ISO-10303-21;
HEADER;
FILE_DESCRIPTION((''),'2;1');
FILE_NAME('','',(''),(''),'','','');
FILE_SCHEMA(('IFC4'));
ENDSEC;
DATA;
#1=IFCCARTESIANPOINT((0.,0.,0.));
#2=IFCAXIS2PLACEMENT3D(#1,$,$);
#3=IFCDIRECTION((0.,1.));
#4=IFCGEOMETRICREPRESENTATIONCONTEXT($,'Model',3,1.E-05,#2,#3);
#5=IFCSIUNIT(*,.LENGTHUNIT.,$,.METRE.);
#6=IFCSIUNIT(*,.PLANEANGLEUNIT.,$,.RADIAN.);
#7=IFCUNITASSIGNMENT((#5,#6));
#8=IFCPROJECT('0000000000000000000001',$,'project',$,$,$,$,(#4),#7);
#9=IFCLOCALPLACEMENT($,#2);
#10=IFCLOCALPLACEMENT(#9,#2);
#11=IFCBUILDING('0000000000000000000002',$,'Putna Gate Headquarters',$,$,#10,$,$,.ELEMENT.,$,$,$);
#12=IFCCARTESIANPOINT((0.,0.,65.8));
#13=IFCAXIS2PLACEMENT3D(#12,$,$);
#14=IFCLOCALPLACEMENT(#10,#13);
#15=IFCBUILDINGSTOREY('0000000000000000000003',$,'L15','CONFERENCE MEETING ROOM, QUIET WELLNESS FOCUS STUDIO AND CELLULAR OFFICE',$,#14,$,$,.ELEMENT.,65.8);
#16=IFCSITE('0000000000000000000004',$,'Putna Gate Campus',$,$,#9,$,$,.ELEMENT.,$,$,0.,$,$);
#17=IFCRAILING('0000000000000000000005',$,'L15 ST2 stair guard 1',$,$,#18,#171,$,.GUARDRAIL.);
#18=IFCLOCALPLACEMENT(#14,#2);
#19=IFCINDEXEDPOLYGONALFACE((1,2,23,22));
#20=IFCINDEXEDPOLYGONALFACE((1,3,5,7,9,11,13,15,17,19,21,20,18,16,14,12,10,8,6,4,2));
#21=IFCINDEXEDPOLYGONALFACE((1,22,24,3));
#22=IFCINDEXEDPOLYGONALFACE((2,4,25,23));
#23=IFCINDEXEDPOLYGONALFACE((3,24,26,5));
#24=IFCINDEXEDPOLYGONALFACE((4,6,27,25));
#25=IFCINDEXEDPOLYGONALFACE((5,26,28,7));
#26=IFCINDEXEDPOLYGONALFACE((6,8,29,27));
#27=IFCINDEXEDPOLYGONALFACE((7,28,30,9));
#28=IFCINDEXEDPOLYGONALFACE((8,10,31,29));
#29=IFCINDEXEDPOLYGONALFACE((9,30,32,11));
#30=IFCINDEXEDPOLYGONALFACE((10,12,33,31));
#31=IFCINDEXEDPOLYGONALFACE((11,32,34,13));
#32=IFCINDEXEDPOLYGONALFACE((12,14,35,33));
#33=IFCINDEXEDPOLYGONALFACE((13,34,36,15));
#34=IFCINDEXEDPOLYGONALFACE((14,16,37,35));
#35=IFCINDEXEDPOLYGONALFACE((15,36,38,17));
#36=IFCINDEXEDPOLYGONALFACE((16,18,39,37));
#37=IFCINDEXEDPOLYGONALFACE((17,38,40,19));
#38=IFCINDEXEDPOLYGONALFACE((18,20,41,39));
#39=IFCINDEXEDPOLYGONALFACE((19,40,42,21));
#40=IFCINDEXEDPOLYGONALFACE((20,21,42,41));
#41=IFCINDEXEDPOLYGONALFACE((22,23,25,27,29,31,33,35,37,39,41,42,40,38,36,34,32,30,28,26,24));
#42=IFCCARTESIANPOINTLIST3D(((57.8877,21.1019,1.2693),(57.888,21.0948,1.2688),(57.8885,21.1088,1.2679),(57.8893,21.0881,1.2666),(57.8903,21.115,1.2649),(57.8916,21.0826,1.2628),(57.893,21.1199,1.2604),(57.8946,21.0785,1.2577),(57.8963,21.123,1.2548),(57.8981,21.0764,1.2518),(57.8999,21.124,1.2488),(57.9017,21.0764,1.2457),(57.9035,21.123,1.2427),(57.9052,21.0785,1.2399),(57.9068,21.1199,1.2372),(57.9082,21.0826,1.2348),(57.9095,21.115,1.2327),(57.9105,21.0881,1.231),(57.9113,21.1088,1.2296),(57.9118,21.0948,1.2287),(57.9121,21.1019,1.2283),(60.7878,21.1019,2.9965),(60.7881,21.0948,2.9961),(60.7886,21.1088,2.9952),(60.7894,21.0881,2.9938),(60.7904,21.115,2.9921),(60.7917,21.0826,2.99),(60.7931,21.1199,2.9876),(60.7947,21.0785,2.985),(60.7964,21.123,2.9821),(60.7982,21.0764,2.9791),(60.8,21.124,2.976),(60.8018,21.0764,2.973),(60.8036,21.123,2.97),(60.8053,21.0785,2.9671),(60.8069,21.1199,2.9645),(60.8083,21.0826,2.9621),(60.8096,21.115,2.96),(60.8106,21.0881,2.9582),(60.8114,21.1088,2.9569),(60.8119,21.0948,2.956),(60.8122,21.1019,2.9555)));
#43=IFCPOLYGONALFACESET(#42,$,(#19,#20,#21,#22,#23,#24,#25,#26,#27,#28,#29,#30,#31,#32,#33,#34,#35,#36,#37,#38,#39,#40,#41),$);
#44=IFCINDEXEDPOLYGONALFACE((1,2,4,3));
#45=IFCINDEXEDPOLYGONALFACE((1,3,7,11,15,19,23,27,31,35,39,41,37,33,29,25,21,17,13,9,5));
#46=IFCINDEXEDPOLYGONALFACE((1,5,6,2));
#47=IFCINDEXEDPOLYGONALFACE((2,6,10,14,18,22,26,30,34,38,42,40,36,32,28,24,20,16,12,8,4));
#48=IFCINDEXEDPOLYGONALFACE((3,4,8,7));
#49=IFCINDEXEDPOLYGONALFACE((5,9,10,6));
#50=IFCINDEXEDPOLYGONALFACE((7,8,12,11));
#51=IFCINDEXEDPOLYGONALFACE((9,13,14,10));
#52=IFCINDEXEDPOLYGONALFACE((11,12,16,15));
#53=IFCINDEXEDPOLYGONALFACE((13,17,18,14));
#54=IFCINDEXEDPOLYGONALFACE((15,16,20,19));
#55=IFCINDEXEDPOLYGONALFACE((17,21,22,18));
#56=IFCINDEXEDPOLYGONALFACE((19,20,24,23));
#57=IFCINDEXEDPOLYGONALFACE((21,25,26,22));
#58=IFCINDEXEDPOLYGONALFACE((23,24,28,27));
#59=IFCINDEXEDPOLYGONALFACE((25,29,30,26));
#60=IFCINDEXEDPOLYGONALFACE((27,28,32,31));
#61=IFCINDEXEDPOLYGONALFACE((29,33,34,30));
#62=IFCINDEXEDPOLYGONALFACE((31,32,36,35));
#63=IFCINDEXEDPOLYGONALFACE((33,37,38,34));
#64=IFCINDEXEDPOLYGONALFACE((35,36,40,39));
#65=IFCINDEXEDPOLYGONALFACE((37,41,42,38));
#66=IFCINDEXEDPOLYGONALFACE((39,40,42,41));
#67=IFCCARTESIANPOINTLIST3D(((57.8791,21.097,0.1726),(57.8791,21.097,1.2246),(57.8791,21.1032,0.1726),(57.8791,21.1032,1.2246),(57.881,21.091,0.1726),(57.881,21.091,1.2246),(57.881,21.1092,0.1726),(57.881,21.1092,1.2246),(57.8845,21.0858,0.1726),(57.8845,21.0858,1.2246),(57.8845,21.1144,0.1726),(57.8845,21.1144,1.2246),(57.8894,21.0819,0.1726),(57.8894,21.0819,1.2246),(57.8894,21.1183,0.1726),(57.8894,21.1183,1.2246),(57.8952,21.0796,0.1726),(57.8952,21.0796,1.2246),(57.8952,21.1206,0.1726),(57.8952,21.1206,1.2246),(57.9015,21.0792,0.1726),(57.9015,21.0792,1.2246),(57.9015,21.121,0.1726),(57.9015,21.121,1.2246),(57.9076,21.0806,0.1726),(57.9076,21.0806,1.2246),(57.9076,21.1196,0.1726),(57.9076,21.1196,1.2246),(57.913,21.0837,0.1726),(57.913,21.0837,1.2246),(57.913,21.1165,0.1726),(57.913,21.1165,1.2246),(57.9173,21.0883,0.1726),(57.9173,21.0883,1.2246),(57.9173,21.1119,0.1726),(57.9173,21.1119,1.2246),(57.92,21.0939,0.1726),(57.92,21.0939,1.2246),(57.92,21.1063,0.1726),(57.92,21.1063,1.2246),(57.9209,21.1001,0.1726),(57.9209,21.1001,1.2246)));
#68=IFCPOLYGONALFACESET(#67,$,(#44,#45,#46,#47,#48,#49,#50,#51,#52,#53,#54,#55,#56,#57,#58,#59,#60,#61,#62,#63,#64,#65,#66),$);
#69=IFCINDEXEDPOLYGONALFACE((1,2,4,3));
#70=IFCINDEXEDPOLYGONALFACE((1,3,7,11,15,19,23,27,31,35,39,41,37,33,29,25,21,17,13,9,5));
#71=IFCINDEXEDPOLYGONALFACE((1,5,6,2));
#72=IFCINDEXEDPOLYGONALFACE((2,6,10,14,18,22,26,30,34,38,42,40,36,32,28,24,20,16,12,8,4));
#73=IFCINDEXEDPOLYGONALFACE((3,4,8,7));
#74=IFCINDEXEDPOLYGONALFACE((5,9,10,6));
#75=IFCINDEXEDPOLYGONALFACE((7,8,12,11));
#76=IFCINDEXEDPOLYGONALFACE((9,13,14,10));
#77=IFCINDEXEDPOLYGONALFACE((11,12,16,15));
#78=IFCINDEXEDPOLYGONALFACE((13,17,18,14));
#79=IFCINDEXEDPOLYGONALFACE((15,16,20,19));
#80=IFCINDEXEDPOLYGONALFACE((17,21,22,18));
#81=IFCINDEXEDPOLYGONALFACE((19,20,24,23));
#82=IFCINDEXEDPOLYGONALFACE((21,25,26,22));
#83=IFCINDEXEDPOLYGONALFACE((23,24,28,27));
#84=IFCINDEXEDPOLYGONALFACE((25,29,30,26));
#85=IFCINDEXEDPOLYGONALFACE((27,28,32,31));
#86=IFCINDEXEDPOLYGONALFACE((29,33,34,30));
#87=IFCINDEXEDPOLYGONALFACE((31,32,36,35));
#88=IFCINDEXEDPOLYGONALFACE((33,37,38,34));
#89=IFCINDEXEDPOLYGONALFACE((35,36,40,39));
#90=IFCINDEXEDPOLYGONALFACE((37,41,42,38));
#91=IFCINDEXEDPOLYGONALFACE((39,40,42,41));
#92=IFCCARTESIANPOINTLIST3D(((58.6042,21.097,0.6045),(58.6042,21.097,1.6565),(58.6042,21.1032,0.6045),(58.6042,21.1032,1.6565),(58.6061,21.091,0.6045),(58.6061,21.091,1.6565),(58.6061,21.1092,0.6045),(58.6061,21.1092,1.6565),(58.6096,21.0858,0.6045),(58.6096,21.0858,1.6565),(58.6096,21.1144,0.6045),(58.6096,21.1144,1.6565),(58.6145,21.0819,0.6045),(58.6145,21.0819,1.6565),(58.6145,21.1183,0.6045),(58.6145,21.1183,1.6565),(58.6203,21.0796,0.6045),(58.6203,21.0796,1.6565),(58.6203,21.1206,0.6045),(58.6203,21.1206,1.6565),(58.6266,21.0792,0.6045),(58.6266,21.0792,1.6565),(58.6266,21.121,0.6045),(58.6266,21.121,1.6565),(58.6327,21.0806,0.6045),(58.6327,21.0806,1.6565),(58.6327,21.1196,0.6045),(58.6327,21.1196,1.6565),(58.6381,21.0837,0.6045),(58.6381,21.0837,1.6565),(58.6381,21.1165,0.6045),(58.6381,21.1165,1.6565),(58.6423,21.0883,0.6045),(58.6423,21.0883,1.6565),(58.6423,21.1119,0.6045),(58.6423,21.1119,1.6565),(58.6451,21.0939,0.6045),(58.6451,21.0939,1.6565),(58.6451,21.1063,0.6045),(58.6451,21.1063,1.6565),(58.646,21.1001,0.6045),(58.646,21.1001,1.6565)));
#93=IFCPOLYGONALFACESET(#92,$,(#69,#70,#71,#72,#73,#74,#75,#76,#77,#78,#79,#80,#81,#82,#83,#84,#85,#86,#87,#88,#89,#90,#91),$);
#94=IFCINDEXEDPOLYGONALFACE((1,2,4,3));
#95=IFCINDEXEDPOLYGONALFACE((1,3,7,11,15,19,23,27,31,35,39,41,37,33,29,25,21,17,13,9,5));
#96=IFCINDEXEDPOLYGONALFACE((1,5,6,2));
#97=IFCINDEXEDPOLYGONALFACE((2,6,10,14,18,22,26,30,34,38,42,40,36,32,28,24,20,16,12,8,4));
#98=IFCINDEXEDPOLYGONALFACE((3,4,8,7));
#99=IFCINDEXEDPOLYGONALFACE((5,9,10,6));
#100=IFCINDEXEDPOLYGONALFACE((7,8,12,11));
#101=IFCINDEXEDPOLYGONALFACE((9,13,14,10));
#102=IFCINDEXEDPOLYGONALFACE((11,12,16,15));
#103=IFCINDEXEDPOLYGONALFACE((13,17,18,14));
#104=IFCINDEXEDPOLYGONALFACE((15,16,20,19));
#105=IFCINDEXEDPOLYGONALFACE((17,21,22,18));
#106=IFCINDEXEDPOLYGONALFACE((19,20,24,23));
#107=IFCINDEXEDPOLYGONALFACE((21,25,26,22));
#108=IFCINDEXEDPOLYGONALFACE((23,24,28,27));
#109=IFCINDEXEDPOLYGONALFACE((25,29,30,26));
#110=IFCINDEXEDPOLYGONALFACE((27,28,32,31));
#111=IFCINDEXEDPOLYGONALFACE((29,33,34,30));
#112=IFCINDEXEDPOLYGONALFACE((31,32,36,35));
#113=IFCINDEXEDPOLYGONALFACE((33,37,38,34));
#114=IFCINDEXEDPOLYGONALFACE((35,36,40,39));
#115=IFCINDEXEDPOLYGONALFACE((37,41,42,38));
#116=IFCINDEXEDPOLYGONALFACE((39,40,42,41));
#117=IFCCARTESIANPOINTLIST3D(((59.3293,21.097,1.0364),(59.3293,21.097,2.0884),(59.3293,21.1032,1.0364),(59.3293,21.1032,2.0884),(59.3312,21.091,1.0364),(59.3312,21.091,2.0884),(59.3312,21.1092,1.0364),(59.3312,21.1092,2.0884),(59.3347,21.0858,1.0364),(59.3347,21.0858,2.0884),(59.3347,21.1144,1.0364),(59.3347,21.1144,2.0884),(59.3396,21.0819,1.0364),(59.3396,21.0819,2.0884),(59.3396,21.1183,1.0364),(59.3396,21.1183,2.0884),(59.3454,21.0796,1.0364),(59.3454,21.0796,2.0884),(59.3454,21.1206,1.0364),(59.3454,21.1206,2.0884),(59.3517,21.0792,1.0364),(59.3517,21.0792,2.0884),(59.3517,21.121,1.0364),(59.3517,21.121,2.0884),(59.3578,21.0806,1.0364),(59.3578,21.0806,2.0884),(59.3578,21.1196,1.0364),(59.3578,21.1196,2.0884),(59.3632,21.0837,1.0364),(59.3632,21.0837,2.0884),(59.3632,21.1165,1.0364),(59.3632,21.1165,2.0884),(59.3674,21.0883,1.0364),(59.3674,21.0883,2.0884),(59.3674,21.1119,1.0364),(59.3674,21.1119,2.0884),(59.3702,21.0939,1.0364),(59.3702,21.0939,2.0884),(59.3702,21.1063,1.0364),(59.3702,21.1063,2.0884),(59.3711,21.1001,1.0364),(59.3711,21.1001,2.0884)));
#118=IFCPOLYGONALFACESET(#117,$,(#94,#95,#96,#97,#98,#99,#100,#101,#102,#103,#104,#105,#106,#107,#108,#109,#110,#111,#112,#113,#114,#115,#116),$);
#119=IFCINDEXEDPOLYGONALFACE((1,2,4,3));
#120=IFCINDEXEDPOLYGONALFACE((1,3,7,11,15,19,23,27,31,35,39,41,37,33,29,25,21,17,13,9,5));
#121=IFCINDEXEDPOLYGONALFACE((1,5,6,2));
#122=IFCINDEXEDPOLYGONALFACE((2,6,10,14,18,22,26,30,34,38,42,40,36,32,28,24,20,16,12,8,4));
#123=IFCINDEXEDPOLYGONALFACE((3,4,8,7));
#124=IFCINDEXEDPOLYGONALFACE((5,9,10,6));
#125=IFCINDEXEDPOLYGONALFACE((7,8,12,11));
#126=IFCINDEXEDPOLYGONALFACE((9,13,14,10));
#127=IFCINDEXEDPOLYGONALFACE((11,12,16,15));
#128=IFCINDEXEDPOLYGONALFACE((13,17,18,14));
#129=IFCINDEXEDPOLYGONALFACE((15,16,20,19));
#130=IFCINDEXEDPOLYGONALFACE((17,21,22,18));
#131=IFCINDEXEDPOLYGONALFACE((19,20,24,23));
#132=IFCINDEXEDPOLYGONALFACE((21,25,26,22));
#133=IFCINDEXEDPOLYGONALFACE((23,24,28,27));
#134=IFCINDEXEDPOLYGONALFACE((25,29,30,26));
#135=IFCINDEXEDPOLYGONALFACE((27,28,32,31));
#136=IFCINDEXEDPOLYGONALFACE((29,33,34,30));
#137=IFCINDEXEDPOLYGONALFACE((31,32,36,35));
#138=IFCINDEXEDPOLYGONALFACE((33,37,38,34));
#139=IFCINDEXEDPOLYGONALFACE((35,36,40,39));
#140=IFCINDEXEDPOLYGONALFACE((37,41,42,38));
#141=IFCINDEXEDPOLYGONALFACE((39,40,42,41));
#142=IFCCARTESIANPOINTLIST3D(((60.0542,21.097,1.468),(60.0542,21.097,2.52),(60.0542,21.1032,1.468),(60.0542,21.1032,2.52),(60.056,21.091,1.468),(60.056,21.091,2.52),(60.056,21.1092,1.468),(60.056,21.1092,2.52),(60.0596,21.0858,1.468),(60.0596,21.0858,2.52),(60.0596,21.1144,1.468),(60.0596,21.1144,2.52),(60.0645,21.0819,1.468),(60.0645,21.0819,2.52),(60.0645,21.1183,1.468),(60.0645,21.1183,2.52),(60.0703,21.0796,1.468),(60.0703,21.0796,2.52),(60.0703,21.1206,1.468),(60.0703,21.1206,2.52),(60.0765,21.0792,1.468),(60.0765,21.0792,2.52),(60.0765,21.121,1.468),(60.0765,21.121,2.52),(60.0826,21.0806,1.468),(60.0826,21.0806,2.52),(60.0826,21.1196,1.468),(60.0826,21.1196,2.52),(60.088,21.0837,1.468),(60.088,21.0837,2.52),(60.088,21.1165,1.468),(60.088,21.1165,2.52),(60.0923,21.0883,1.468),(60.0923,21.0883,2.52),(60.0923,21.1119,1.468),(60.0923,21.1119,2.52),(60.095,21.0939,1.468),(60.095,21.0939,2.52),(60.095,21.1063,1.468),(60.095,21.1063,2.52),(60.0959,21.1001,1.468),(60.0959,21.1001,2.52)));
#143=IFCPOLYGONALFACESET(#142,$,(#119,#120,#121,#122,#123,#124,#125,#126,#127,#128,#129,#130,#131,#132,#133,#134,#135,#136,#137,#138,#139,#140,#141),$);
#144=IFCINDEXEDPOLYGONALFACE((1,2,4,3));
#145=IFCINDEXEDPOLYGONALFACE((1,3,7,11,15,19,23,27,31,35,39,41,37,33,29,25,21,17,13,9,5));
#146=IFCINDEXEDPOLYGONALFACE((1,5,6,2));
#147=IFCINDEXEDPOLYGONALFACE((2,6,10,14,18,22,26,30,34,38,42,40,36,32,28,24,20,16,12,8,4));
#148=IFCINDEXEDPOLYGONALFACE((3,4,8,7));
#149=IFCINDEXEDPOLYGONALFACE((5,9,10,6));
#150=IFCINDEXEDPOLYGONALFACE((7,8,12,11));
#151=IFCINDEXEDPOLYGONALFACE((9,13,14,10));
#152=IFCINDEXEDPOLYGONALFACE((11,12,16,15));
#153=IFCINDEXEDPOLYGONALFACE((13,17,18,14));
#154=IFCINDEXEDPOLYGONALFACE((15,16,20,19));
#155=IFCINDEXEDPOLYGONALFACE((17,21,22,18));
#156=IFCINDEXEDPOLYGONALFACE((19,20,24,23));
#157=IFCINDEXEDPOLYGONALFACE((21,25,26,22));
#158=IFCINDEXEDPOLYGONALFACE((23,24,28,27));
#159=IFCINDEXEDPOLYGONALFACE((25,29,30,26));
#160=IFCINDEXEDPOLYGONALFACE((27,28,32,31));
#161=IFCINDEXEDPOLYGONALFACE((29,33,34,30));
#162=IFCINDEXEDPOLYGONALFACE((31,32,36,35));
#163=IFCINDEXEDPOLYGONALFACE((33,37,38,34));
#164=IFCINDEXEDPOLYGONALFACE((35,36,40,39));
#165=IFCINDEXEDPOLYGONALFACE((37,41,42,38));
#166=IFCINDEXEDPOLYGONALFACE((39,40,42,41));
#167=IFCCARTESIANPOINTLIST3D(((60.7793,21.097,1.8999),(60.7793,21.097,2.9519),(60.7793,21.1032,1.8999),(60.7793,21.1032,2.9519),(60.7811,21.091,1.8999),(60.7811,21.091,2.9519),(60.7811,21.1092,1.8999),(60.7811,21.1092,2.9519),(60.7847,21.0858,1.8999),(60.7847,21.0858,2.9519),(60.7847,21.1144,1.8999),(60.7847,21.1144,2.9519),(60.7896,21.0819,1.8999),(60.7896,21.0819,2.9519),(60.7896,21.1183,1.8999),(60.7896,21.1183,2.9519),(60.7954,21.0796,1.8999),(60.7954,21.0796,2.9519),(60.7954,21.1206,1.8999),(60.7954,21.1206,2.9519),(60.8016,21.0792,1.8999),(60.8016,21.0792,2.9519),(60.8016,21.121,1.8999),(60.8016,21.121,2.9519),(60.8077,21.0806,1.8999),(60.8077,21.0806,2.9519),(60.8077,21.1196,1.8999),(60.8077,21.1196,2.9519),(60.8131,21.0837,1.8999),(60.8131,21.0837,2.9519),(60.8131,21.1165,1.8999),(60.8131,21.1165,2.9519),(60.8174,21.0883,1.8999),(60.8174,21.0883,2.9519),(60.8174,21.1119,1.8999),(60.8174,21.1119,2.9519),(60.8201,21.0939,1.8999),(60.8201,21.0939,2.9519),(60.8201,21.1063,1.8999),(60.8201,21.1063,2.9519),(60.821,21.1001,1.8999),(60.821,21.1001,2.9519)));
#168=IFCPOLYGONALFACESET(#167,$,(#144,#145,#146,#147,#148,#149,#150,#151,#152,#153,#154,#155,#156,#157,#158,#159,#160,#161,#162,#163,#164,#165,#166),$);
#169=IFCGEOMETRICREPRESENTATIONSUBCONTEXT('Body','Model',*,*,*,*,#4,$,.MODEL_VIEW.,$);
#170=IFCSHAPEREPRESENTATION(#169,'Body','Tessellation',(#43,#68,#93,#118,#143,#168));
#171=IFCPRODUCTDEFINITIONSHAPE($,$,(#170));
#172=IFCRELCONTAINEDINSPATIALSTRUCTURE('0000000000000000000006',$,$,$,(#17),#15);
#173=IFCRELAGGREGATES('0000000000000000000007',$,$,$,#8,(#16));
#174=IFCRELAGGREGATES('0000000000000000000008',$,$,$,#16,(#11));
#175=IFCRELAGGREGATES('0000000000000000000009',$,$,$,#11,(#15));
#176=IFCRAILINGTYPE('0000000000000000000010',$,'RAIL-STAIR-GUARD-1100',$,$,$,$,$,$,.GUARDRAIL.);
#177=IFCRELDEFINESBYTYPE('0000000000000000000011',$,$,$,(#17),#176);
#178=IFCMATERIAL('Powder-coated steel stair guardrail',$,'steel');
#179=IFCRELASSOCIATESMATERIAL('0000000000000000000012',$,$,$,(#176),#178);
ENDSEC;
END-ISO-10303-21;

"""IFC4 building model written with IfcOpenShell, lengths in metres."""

from ifc_helpers import new_model, si_unit, direction, frame, origin, origin_2d, place, context, subcontext, project, spatial, circle, extrude, material, type_object, element, save


model = new_model("IFC4")

# Units and contexts
model_context = context("Model", 3, precision=1e-05, world=origin(), true_north=direction((0.0, 1.0)))
body_context = subcontext(model_context, "Body", "Model", "MODEL_VIEW")
ifc_project = project(units=[si_unit("LENGTHUNIT", "METRE"), si_unit("PLANEANGLEUNIT", "RADIAN")], contexts=[model_context])

# Site, building, storey
site_placement = place(None, origin())
site = spatial("IfcSite", under=ifc_project, at=site_placement, Name="Putna Gate Campus", CompositionType="ELEMENT", RefElevation=0.0)
building_placement = place(site_placement, origin())
building = spatial("IfcBuilding", under=site, at=building_placement, Name="Putna Gate Headquarters", CompositionType="ELEMENT")
storey_placement = place(building_placement, frame((0.0, 0.0, 65.8)))
storey = spatial("IfcBuildingStorey", under=building, at=storey_placement, Name="L15", Description="CONFERENCE MEETING ROOM, QUIET WELLNESS FOCUS STUDIO AND CELLULAR OFFICE", CompositionType="ELEMENT", Elevation=65.8)

# Railing
ifc_material_1 = material(Name="Powder-coated steel stair guardrail", Category="steel")
railing_type_1 = type_object("IfcRailingType", Name="RAIL-STAIR-GUARD-1100", PredefinedType="GUARDRAIL", material=ifc_material_1)
railing_1_placement = place(storey_placement, frame((57.8999, 21.1001, 0.1726)))
element("IfcRailing", 1, at=railing_1_placement, inside=storey, type_object=railing_type_1, Name="L15 ST2 stair guard 1", PredefinedType="GUARDRAIL", context=body_context, shape_type="SweptSolid", body=[
    extrude(circle(Radius=0.0239, at=origin_2d()), frame((0.0, 0.0, 1.0762), z_axis=(0.85916, 0.0, 0.511706), x_axis=(0.0, 1.0, 0.0)), (0.0, 0.0, 1.0), 3.3755),
    extrude(circle(Radius=0.021, at=origin_2d()), origin(), (0.0, 0.0, 1.0), 1.052),
    extrude(circle(Radius=0.021, at=origin_2d()), frame((0.7251, 0.0, 0.4319)), (0.0, 0.0, 1.0), 1.052),
    extrude(circle(Radius=0.021, at=origin_2d()), frame((1.4502, 0.0, 0.8638)), (0.0, 0.0, 1.0), 1.052),
    extrude(circle(Radius=0.021, at=origin_2d()), frame((2.175, 0.0, 1.2954)), (0.0, 0.0, 1.0), 1.052),
    extrude(circle(Radius=0.021, at=origin_2d()), frame((2.9001, 0.0, 1.7273)), (0.0, 0.0, 1.0), 1.052),
])

save(model, "model.ifc")
